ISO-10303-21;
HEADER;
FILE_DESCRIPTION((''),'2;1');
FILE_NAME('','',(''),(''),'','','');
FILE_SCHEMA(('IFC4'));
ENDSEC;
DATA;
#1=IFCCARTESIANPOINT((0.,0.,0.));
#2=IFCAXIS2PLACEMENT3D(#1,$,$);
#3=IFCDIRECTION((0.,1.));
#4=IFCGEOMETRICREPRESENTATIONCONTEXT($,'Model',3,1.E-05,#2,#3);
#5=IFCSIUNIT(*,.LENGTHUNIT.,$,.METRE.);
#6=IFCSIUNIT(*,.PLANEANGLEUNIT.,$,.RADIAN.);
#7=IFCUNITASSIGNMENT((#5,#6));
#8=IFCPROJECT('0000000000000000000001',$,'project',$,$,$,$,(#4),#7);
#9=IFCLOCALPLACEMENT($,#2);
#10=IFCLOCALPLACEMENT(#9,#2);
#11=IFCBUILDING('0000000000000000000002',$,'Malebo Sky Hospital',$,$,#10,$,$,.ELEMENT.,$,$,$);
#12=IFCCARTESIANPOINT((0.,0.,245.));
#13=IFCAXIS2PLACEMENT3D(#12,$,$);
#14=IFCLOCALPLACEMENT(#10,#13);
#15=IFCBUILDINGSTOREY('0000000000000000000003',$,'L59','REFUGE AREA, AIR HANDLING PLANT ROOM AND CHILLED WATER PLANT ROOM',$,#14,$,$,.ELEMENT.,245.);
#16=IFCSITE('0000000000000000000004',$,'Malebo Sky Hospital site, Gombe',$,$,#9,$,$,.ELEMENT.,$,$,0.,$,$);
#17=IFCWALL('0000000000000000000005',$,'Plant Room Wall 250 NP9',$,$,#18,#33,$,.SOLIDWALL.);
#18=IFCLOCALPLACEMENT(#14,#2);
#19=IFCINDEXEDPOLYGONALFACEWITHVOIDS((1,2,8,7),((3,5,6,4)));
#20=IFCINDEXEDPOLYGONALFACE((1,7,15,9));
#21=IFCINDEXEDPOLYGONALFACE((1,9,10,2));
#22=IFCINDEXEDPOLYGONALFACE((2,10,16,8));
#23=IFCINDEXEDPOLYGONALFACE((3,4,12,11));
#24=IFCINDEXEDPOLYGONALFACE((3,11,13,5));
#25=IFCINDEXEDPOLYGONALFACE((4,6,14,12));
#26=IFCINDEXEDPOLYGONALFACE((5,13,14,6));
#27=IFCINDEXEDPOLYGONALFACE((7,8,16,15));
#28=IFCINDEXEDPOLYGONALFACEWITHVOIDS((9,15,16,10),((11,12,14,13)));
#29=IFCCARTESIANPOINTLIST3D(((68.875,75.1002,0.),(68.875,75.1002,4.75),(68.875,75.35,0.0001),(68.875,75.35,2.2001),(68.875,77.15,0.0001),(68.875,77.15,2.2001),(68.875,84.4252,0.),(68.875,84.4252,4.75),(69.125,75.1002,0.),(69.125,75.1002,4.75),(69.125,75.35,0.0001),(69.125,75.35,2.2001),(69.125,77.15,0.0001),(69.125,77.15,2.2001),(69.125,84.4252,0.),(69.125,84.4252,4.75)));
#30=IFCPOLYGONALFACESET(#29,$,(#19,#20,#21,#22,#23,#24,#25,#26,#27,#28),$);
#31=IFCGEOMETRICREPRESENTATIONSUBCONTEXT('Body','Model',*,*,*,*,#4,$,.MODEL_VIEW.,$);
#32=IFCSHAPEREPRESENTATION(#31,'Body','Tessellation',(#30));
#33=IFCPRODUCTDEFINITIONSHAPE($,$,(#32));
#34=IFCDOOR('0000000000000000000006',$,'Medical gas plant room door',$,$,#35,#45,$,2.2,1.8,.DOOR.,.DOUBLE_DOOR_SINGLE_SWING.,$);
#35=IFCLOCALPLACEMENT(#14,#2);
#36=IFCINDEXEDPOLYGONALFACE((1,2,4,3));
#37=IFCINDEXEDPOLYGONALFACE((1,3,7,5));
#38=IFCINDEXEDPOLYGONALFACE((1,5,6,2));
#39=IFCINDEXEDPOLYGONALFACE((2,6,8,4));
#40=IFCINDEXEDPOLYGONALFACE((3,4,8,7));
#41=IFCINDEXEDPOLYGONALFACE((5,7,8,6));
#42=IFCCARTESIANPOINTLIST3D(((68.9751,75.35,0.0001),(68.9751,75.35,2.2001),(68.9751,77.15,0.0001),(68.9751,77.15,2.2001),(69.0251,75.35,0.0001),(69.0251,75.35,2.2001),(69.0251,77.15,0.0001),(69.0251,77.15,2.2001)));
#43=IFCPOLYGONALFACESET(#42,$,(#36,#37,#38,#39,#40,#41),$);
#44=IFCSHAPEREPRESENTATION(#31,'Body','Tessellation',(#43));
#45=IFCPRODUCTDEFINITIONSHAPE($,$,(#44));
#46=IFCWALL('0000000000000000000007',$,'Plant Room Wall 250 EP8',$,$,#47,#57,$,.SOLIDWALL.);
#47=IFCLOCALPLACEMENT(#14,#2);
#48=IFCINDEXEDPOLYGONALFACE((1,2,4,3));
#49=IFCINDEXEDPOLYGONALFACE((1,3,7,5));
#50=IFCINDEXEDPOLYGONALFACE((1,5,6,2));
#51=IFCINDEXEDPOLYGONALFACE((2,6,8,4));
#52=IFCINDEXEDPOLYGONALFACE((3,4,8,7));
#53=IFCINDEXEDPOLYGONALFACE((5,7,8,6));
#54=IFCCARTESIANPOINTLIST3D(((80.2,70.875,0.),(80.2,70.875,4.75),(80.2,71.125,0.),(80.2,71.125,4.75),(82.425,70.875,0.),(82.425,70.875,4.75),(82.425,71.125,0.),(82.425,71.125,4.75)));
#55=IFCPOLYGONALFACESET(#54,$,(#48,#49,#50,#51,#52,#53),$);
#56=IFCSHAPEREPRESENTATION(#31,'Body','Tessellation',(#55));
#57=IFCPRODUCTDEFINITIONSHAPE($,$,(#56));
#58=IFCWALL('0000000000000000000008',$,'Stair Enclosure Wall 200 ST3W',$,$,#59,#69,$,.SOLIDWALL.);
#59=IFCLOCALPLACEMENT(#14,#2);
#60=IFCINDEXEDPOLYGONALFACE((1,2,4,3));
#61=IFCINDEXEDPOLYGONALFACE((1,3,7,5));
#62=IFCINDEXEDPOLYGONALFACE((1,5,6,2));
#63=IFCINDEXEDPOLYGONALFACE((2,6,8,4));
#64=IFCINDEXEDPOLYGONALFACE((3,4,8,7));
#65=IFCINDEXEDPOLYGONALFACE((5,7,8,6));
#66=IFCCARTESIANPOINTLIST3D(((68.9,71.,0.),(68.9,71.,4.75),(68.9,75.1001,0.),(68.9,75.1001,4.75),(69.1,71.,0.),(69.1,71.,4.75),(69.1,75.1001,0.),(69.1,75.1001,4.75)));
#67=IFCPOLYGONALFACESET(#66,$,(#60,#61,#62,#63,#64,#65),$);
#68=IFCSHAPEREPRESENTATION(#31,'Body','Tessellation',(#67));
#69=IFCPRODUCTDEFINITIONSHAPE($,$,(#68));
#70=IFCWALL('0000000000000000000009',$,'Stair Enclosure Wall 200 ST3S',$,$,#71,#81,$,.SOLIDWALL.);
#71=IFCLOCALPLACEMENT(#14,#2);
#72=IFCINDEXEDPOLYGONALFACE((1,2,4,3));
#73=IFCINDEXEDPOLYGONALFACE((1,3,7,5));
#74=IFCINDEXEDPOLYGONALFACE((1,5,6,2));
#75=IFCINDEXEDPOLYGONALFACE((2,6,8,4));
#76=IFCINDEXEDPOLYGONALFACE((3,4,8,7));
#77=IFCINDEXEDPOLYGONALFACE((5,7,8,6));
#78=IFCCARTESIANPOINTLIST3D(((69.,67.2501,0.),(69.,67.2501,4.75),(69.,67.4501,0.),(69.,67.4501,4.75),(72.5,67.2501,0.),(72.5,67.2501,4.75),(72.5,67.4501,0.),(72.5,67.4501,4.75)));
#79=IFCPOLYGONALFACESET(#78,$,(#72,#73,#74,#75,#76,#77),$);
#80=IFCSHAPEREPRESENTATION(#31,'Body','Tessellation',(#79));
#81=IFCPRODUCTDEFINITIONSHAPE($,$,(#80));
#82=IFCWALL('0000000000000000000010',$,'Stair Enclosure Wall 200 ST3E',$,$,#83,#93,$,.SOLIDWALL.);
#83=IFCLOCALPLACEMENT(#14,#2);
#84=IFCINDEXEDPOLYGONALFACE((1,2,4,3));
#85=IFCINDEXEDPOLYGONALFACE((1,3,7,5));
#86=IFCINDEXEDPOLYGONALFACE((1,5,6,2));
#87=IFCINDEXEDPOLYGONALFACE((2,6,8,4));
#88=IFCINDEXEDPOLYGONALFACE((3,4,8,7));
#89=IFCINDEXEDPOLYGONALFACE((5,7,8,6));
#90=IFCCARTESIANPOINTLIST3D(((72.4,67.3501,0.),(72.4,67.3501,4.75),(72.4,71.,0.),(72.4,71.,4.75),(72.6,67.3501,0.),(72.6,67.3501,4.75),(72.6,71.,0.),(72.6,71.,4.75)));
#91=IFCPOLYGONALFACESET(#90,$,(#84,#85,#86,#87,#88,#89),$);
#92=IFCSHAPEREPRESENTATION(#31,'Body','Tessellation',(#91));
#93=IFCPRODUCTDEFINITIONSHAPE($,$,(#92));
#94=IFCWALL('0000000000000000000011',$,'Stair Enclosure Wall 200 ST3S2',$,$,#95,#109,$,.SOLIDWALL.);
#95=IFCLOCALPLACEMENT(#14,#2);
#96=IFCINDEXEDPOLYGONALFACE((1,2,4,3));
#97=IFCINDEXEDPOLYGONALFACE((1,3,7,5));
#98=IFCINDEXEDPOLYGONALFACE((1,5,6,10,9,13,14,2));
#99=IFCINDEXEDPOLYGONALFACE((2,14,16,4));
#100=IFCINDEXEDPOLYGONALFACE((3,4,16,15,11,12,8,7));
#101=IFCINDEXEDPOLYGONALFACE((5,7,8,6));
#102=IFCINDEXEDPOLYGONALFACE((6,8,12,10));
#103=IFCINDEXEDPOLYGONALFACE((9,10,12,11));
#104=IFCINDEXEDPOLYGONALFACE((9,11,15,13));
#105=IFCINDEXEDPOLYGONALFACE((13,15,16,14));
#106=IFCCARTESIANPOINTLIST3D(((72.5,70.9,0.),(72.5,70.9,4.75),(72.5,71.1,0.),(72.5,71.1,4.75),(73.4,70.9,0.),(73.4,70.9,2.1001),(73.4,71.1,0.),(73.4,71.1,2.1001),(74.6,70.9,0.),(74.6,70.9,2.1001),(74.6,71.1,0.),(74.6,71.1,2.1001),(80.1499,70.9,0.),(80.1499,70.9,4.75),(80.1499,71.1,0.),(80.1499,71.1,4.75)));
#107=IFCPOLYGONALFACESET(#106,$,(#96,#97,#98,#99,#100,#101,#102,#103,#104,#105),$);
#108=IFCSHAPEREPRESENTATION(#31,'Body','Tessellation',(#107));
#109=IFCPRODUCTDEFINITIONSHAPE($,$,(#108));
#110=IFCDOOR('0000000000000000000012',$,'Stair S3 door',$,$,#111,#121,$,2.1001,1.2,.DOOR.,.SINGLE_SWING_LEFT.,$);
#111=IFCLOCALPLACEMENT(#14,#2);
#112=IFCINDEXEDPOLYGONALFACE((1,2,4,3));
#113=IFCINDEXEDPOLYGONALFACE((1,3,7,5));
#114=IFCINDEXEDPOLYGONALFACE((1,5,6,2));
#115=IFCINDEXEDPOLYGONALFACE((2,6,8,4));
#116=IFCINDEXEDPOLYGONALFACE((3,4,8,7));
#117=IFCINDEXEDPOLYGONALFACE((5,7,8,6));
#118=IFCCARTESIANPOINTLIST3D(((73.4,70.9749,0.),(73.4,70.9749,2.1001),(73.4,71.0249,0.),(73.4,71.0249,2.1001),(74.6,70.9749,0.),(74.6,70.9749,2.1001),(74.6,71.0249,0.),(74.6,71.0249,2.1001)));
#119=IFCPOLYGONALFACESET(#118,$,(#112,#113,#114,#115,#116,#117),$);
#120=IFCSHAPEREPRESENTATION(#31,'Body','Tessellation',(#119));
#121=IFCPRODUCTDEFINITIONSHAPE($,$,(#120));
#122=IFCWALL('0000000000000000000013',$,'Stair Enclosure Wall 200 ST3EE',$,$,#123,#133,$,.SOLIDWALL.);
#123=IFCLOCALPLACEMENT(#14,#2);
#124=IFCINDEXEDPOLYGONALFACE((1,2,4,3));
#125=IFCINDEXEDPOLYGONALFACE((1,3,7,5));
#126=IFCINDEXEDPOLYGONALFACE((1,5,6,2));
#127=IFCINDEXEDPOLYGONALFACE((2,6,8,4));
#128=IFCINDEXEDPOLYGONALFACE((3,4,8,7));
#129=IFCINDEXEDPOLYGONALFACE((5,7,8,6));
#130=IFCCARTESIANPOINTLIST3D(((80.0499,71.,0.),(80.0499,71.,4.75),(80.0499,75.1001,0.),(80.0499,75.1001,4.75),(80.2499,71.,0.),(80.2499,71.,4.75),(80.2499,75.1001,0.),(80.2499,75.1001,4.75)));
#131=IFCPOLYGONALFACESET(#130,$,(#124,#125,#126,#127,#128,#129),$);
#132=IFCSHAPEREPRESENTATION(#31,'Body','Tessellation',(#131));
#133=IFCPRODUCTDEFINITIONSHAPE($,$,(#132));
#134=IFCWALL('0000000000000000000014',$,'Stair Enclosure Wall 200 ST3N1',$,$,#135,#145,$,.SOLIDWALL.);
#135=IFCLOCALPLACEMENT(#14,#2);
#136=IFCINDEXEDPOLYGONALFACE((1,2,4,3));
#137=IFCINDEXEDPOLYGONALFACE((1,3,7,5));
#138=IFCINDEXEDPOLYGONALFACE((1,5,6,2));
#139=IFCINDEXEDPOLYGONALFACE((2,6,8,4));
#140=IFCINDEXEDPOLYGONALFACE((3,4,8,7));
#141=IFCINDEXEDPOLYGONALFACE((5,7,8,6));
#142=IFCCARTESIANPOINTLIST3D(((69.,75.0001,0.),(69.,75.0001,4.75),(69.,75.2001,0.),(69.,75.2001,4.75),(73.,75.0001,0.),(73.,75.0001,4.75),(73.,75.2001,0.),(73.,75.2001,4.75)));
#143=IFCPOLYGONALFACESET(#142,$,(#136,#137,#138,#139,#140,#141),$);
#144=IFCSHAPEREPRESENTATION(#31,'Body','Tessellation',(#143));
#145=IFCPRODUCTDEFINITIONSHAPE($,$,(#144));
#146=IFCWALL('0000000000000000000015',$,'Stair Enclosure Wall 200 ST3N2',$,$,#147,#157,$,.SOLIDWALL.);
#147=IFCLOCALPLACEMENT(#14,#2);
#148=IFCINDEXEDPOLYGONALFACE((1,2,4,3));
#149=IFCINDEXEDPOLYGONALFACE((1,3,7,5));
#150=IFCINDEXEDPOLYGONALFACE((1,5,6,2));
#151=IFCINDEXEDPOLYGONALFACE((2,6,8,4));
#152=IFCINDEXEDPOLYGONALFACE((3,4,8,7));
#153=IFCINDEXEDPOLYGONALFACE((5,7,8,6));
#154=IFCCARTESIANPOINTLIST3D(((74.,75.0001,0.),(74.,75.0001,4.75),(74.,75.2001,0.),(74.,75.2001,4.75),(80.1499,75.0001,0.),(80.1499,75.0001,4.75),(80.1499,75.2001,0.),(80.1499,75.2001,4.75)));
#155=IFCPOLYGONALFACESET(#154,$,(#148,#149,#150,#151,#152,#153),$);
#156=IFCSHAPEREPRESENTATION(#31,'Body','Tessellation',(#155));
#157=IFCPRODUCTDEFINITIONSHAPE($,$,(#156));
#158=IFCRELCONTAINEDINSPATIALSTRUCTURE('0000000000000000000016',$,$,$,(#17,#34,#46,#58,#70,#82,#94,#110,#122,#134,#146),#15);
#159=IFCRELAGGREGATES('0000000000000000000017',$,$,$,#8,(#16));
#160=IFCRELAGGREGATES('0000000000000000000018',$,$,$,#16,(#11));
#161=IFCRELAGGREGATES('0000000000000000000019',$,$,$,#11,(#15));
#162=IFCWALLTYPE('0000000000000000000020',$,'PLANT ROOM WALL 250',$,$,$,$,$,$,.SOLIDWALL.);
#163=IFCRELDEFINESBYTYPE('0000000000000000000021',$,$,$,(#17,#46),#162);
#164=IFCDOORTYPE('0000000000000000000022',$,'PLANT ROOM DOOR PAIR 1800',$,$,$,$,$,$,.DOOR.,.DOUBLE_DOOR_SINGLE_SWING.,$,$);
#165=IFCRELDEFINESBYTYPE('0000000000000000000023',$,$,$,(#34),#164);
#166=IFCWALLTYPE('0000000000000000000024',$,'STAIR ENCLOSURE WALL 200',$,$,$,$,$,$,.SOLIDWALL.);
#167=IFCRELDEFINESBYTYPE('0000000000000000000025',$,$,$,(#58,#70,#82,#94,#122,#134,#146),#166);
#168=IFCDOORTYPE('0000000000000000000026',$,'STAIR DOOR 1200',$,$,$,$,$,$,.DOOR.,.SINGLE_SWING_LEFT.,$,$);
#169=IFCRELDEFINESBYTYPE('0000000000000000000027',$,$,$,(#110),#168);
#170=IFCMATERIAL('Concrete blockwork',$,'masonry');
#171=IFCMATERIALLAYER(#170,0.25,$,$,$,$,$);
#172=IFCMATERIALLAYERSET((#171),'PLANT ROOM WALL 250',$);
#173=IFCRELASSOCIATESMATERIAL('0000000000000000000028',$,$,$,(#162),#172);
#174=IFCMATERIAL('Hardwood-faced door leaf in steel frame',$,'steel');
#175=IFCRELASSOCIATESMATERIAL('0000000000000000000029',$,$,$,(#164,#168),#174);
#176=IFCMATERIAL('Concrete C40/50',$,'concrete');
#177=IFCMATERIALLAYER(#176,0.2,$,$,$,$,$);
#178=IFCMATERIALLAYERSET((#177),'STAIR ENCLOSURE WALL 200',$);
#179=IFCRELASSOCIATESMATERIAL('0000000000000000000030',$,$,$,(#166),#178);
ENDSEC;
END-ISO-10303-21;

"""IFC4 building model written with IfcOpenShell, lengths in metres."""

from ifc_helpers import new_model, si_unit, direction, frame, frame_2d, origin, place, context, subcontext, project, spatial, rectangle, extrude, material, layer, layer_set, type_object, element, fill, save


model = new_model("IFC4")

# Units and contexts
model_context = context("Model", 3, precision=1e-05, world=origin(), true_north=direction((0.0, 1.0)))
body_context = subcontext(model_context, "Body", "Model", "MODEL_VIEW")
ifc_project = project(units=[si_unit("LENGTHUNIT", "METRE"), si_unit("PLANEANGLEUNIT", "RADIAN")], contexts=[model_context])

# Site, building, storey
site_placement = place(None, origin())
site = spatial("IfcSite", under=ifc_project, at=site_placement, Name="Malebo Sky Hospital site, Gombe", CompositionType="ELEMENT", RefElevation=0.0)
building_placement = place(site_placement, origin())
building = spatial("IfcBuilding", under=site, at=building_placement, Name="Malebo Sky Hospital", CompositionType="ELEMENT")
storey_placement = place(building_placement, frame((0.0, 0.0, 245.0)))
storey = spatial("IfcBuildingStorey", under=building, at=storey_placement, Name="L59", Description="REFUGE AREA, AIR HANDLING PLANT ROOM AND CHILLED WATER PLANT ROOM", CompositionType="ELEMENT", Elevation=245.0)

# Wall, opening, door
ifc_material_1 = material(Name="Concrete blockwork", Category="masonry")
ifc_layer_1 = layer(ifc_material_1, 0.25)
ifc_layer_set_1 = layer_set([ifc_layer_1], Name="PLANT ROOM WALL 250")
wall_type_1 = type_object("IfcWallType", Name="PLANT ROOM WALL 250", PredefinedType="SOLIDWALL", material=ifc_layer_set_1)
wall_1_placement = place(storey_placement, frame((69.0, 75.1001, 0.0), z_axis=(0.0, 0.0, 1.0), x_axis=(0.0, 1.0, 0.0)))
wall_1 = element("IfcWall", 1, at=wall_1_placement, inside=storey, type_object=wall_type_1, Name="Plant Room Wall 250 NP9", PredefinedType="SOLIDWALL", context=body_context, shape_type="SweptSolid", body=[
    extrude(rectangle(XDim=9.325, YDim=0.25, at=frame_2d((4.6626, 0.0))), origin(), (0.0, 0.0, 1.0), 4.75),
])
opening_1_placement = place(wall_1_placement, frame((0.25, 0.0, 0.0)))
opening_1 = element("IfcOpeningElement", 2, at=opening_1_placement, cuts=wall_1, PredefinedType="OPENING", context=body_context, shape_type="SweptSolid", body=[
    extrude(rectangle(XDim=1.8, YDim=2.2, at=frame_2d((0.8999, 1.1001))), frame((0.0, 0.135, 0.0), z_axis=(0.0, -1.0, 0.0), x_axis=(1.0, 0.0, 0.0)), (0.0, 0.0, 1.0), 0.27),
])
ifc_material_2 = material(Name="Hardwood-faced door leaf in steel frame", Category="steel")
door_type_1 = type_object("IfcDoorType", Name="PLANT ROOM DOOR PAIR 1800", OperationType="DOUBLE_DOOR_SINGLE_SWING", PredefinedType="DOOR", material=ifc_material_2)
door_1_placement = place(opening_1_placement, origin())
door_1 = element("IfcDoor", 3, at=door_1_placement, inside=storey, type_object=door_type_1, Name="Medical gas plant room door", OperationType="DOUBLE_DOOR_SINGLE_SWING", OverallHeight=2.2, OverallWidth=1.8, PredefinedType="DOOR", context=body_context, shape_type="SweptSolid", body=[
    extrude(rectangle(XDim=1.8, YDim=2.2, at=frame_2d((0.8999, 1.1001))), frame((0.0, 0.0249, 0.0), z_axis=(0.0, -1.0, 0.0), x_axis=(1.0, 0.0, 0.0)), (0.0, 0.0, 1.0), 0.05),
])
fill(opening_1, door_1)

# Walls
wall_2_placement = place(storey_placement, frame((80.2, 71.0, 0.0), z_axis=(0.0, 0.0, 1.0), x_axis=(1.0, 0.0, 0.0)))
element("IfcWall", 4, at=wall_2_placement, inside=storey, type_object=wall_type_1, Name="Plant Room Wall 250 EP8", PredefinedType="SOLIDWALL", context=body_context, shape_type="SweptSolid", body=[
    extrude(rectangle(XDim=2.2251, YDim=0.25, at=frame_2d((1.1125, 0.0))), origin(), (0.0, 0.0, 1.0), 4.75),
])
ifc_material_3 = material(Name="Concrete C40/50", Category="concrete")
ifc_layer_2 = layer(ifc_material_3, 0.2)
ifc_layer_set_2 = layer_set([ifc_layer_2], Name="STAIR ENCLOSURE WALL 200")
wall_type_2 = type_object("IfcWallType", Name="STAIR ENCLOSURE WALL 200", PredefinedType="SOLIDWALL", material=ifc_layer_set_2)
wall_3_placement = place(storey_placement, frame((69.0, 71.0, 0.0), z_axis=(0.0, 0.0, 1.0), x_axis=(0.0, 1.0, 0.0)))
element("IfcWall", 5, at=wall_3_placement, inside=storey, type_object=wall_type_2, Name="Stair Enclosure Wall 200 ST3W", PredefinedType="SOLIDWALL", context=body_context, shape_type="SweptSolid", body=[
    extrude(rectangle(XDim=4.1001, YDim=0.2, at=frame_2d((2.05, 0.0))), origin(), (0.0, 0.0, 1.0), 4.75),
])
wall_4_placement = place(storey_placement, frame((69.0, 67.3501, 0.0), z_axis=(0.0, 0.0, 1.0), x_axis=(1.0, 0.0, 0.0)))
element("IfcWall", 6, at=wall_4_placement, inside=storey, type_object=wall_type_2, Name="Stair Enclosure Wall 200 ST3S", PredefinedType="SOLIDWALL", context=body_context, shape_type="SweptSolid", body=[
    extrude(rectangle(XDim=3.5, YDim=0.2, at=frame_2d((1.75, 0.0))), origin(), (0.0, 0.0, 1.0), 4.75),
])
wall_5_placement = place(storey_placement, frame((72.5, 67.3501, 0.0), z_axis=(0.0, 0.0, 1.0), x_axis=(0.0, 1.0, 0.0)))
element("IfcWall", 7, at=wall_5_placement, inside=storey, type_object=wall_type_2, Name="Stair Enclosure Wall 200 ST3E", PredefinedType="SOLIDWALL", context=body_context, shape_type="SweptSolid", body=[
    extrude(rectangle(XDim=3.6499, YDim=0.2, at=frame_2d((1.825, 0.0))), origin(), (0.0, 0.0, 1.0), 4.75),
])

# Wall, opening, door
wall_6_placement = place(storey_placement, frame((72.5, 71.0, 0.0), z_axis=(0.0, 0.0, 1.0), x_axis=(1.0, 0.0, 0.0)))
wall_6 = element("IfcWall", 8, at=wall_6_placement, inside=storey, type_object=wall_type_2, Name="Stair Enclosure Wall 200 ST3S2", PredefinedType="SOLIDWALL", context=body_context, shape_type="SweptSolid", body=[
    extrude(rectangle(XDim=7.6499, YDim=0.2, at=frame_2d((3.825, 0.0))), origin(), (0.0, 0.0, 1.0), 4.75),
])
opening_2_placement = place(wall_6_placement, frame((0.8999, 0.0, 0.0)))
opening_2 = element("IfcOpeningElement", 9, at=opening_2_placement, cuts=wall_6, PredefinedType="OPENING", context=body_context, shape_type="SweptSolid", body=[
    extrude(rectangle(XDim=1.2, YDim=2.1001, at=frame_2d((0.6001, 1.05))), frame((0.0, 0.1099, 0.0), z_axis=(0.0, -1.0, 0.0), x_axis=(1.0, 0.0, 0.0)), (0.0, 0.0, 1.0), 0.22),
])
door_type_2 = type_object("IfcDoorType", Name="STAIR DOOR 1200", OperationType="SINGLE_SWING_LEFT", PredefinedType="DOOR", material=ifc_material_2)
door_2_placement = place(opening_2_placement, origin())
door_2 = element("IfcDoor", 10, at=door_2_placement, inside=storey, type_object=door_type_2, Name="Stair S3 door", OperationType="SINGLE_SWING_LEFT", OverallHeight=2.1001, OverallWidth=1.2, PredefinedType="DOOR", context=body_context, shape_type="SweptSolid", body=[
    extrude(rectangle(XDim=1.2, YDim=2.1001, at=frame_2d((0.6001, 1.05))), frame((0.0, 0.0249, 0.0), z_axis=(0.0, -1.0, 0.0), x_axis=(1.0, 0.0, 0.0)), (0.0, 0.0, 1.0), 0.05),
])
fill(opening_2, door_2)

# Walls
wall_7_placement = place(storey_placement, frame((80.1499, 71.0, 0.0), z_axis=(0.0, 0.0, 1.0), x_axis=(0.0, 1.0, 0.0)))
element("IfcWall", 11, at=wall_7_placement, inside=storey, type_object=wall_type_2, Name="Stair Enclosure Wall 200 ST3EE", PredefinedType="SOLIDWALL", context=body_context, shape_type="SweptSolid", body=[
    extrude(rectangle(XDim=4.1001, YDim=0.2, at=frame_2d((2.05, 0.0))), origin(), (0.0, 0.0, 1.0), 4.75),
])
wall_8_placement = place(storey_placement, frame((69.0, 75.1001, 0.0), z_axis=(0.0, 0.0, 1.0), x_axis=(1.0, 0.0, 0.0)))
element("IfcWall", 12, at=wall_8_placement, inside=storey, type_object=wall_type_2, Name="Stair Enclosure Wall 200 ST3N1", PredefinedType="SOLIDWALL", context=body_context, shape_type="SweptSolid", body=[
    extrude(rectangle(XDim=4.0, YDim=0.2, at=frame_2d((2.0, 0.0))), origin(), (0.0, 0.0, 1.0), 4.75),
])
wall_9_placement = place(storey_placement, frame((74.0, 75.1001, 0.0), z_axis=(0.0, 0.0, 1.0), x_axis=(1.0, 0.0, 0.0)))
element("IfcWall", 13, at=wall_9_placement, inside=storey, type_object=wall_type_2, Name="Stair Enclosure Wall 200 ST3N2", PredefinedType="SOLIDWALL", context=body_context, shape_type="SweptSolid", body=[
    extrude(rectangle(XDim=6.1499, YDim=0.2, at=frame_2d((3.075, 0.0))), origin(), (0.0, 0.0, 1.0), 4.75),
])

save(model, "model.ifc")
